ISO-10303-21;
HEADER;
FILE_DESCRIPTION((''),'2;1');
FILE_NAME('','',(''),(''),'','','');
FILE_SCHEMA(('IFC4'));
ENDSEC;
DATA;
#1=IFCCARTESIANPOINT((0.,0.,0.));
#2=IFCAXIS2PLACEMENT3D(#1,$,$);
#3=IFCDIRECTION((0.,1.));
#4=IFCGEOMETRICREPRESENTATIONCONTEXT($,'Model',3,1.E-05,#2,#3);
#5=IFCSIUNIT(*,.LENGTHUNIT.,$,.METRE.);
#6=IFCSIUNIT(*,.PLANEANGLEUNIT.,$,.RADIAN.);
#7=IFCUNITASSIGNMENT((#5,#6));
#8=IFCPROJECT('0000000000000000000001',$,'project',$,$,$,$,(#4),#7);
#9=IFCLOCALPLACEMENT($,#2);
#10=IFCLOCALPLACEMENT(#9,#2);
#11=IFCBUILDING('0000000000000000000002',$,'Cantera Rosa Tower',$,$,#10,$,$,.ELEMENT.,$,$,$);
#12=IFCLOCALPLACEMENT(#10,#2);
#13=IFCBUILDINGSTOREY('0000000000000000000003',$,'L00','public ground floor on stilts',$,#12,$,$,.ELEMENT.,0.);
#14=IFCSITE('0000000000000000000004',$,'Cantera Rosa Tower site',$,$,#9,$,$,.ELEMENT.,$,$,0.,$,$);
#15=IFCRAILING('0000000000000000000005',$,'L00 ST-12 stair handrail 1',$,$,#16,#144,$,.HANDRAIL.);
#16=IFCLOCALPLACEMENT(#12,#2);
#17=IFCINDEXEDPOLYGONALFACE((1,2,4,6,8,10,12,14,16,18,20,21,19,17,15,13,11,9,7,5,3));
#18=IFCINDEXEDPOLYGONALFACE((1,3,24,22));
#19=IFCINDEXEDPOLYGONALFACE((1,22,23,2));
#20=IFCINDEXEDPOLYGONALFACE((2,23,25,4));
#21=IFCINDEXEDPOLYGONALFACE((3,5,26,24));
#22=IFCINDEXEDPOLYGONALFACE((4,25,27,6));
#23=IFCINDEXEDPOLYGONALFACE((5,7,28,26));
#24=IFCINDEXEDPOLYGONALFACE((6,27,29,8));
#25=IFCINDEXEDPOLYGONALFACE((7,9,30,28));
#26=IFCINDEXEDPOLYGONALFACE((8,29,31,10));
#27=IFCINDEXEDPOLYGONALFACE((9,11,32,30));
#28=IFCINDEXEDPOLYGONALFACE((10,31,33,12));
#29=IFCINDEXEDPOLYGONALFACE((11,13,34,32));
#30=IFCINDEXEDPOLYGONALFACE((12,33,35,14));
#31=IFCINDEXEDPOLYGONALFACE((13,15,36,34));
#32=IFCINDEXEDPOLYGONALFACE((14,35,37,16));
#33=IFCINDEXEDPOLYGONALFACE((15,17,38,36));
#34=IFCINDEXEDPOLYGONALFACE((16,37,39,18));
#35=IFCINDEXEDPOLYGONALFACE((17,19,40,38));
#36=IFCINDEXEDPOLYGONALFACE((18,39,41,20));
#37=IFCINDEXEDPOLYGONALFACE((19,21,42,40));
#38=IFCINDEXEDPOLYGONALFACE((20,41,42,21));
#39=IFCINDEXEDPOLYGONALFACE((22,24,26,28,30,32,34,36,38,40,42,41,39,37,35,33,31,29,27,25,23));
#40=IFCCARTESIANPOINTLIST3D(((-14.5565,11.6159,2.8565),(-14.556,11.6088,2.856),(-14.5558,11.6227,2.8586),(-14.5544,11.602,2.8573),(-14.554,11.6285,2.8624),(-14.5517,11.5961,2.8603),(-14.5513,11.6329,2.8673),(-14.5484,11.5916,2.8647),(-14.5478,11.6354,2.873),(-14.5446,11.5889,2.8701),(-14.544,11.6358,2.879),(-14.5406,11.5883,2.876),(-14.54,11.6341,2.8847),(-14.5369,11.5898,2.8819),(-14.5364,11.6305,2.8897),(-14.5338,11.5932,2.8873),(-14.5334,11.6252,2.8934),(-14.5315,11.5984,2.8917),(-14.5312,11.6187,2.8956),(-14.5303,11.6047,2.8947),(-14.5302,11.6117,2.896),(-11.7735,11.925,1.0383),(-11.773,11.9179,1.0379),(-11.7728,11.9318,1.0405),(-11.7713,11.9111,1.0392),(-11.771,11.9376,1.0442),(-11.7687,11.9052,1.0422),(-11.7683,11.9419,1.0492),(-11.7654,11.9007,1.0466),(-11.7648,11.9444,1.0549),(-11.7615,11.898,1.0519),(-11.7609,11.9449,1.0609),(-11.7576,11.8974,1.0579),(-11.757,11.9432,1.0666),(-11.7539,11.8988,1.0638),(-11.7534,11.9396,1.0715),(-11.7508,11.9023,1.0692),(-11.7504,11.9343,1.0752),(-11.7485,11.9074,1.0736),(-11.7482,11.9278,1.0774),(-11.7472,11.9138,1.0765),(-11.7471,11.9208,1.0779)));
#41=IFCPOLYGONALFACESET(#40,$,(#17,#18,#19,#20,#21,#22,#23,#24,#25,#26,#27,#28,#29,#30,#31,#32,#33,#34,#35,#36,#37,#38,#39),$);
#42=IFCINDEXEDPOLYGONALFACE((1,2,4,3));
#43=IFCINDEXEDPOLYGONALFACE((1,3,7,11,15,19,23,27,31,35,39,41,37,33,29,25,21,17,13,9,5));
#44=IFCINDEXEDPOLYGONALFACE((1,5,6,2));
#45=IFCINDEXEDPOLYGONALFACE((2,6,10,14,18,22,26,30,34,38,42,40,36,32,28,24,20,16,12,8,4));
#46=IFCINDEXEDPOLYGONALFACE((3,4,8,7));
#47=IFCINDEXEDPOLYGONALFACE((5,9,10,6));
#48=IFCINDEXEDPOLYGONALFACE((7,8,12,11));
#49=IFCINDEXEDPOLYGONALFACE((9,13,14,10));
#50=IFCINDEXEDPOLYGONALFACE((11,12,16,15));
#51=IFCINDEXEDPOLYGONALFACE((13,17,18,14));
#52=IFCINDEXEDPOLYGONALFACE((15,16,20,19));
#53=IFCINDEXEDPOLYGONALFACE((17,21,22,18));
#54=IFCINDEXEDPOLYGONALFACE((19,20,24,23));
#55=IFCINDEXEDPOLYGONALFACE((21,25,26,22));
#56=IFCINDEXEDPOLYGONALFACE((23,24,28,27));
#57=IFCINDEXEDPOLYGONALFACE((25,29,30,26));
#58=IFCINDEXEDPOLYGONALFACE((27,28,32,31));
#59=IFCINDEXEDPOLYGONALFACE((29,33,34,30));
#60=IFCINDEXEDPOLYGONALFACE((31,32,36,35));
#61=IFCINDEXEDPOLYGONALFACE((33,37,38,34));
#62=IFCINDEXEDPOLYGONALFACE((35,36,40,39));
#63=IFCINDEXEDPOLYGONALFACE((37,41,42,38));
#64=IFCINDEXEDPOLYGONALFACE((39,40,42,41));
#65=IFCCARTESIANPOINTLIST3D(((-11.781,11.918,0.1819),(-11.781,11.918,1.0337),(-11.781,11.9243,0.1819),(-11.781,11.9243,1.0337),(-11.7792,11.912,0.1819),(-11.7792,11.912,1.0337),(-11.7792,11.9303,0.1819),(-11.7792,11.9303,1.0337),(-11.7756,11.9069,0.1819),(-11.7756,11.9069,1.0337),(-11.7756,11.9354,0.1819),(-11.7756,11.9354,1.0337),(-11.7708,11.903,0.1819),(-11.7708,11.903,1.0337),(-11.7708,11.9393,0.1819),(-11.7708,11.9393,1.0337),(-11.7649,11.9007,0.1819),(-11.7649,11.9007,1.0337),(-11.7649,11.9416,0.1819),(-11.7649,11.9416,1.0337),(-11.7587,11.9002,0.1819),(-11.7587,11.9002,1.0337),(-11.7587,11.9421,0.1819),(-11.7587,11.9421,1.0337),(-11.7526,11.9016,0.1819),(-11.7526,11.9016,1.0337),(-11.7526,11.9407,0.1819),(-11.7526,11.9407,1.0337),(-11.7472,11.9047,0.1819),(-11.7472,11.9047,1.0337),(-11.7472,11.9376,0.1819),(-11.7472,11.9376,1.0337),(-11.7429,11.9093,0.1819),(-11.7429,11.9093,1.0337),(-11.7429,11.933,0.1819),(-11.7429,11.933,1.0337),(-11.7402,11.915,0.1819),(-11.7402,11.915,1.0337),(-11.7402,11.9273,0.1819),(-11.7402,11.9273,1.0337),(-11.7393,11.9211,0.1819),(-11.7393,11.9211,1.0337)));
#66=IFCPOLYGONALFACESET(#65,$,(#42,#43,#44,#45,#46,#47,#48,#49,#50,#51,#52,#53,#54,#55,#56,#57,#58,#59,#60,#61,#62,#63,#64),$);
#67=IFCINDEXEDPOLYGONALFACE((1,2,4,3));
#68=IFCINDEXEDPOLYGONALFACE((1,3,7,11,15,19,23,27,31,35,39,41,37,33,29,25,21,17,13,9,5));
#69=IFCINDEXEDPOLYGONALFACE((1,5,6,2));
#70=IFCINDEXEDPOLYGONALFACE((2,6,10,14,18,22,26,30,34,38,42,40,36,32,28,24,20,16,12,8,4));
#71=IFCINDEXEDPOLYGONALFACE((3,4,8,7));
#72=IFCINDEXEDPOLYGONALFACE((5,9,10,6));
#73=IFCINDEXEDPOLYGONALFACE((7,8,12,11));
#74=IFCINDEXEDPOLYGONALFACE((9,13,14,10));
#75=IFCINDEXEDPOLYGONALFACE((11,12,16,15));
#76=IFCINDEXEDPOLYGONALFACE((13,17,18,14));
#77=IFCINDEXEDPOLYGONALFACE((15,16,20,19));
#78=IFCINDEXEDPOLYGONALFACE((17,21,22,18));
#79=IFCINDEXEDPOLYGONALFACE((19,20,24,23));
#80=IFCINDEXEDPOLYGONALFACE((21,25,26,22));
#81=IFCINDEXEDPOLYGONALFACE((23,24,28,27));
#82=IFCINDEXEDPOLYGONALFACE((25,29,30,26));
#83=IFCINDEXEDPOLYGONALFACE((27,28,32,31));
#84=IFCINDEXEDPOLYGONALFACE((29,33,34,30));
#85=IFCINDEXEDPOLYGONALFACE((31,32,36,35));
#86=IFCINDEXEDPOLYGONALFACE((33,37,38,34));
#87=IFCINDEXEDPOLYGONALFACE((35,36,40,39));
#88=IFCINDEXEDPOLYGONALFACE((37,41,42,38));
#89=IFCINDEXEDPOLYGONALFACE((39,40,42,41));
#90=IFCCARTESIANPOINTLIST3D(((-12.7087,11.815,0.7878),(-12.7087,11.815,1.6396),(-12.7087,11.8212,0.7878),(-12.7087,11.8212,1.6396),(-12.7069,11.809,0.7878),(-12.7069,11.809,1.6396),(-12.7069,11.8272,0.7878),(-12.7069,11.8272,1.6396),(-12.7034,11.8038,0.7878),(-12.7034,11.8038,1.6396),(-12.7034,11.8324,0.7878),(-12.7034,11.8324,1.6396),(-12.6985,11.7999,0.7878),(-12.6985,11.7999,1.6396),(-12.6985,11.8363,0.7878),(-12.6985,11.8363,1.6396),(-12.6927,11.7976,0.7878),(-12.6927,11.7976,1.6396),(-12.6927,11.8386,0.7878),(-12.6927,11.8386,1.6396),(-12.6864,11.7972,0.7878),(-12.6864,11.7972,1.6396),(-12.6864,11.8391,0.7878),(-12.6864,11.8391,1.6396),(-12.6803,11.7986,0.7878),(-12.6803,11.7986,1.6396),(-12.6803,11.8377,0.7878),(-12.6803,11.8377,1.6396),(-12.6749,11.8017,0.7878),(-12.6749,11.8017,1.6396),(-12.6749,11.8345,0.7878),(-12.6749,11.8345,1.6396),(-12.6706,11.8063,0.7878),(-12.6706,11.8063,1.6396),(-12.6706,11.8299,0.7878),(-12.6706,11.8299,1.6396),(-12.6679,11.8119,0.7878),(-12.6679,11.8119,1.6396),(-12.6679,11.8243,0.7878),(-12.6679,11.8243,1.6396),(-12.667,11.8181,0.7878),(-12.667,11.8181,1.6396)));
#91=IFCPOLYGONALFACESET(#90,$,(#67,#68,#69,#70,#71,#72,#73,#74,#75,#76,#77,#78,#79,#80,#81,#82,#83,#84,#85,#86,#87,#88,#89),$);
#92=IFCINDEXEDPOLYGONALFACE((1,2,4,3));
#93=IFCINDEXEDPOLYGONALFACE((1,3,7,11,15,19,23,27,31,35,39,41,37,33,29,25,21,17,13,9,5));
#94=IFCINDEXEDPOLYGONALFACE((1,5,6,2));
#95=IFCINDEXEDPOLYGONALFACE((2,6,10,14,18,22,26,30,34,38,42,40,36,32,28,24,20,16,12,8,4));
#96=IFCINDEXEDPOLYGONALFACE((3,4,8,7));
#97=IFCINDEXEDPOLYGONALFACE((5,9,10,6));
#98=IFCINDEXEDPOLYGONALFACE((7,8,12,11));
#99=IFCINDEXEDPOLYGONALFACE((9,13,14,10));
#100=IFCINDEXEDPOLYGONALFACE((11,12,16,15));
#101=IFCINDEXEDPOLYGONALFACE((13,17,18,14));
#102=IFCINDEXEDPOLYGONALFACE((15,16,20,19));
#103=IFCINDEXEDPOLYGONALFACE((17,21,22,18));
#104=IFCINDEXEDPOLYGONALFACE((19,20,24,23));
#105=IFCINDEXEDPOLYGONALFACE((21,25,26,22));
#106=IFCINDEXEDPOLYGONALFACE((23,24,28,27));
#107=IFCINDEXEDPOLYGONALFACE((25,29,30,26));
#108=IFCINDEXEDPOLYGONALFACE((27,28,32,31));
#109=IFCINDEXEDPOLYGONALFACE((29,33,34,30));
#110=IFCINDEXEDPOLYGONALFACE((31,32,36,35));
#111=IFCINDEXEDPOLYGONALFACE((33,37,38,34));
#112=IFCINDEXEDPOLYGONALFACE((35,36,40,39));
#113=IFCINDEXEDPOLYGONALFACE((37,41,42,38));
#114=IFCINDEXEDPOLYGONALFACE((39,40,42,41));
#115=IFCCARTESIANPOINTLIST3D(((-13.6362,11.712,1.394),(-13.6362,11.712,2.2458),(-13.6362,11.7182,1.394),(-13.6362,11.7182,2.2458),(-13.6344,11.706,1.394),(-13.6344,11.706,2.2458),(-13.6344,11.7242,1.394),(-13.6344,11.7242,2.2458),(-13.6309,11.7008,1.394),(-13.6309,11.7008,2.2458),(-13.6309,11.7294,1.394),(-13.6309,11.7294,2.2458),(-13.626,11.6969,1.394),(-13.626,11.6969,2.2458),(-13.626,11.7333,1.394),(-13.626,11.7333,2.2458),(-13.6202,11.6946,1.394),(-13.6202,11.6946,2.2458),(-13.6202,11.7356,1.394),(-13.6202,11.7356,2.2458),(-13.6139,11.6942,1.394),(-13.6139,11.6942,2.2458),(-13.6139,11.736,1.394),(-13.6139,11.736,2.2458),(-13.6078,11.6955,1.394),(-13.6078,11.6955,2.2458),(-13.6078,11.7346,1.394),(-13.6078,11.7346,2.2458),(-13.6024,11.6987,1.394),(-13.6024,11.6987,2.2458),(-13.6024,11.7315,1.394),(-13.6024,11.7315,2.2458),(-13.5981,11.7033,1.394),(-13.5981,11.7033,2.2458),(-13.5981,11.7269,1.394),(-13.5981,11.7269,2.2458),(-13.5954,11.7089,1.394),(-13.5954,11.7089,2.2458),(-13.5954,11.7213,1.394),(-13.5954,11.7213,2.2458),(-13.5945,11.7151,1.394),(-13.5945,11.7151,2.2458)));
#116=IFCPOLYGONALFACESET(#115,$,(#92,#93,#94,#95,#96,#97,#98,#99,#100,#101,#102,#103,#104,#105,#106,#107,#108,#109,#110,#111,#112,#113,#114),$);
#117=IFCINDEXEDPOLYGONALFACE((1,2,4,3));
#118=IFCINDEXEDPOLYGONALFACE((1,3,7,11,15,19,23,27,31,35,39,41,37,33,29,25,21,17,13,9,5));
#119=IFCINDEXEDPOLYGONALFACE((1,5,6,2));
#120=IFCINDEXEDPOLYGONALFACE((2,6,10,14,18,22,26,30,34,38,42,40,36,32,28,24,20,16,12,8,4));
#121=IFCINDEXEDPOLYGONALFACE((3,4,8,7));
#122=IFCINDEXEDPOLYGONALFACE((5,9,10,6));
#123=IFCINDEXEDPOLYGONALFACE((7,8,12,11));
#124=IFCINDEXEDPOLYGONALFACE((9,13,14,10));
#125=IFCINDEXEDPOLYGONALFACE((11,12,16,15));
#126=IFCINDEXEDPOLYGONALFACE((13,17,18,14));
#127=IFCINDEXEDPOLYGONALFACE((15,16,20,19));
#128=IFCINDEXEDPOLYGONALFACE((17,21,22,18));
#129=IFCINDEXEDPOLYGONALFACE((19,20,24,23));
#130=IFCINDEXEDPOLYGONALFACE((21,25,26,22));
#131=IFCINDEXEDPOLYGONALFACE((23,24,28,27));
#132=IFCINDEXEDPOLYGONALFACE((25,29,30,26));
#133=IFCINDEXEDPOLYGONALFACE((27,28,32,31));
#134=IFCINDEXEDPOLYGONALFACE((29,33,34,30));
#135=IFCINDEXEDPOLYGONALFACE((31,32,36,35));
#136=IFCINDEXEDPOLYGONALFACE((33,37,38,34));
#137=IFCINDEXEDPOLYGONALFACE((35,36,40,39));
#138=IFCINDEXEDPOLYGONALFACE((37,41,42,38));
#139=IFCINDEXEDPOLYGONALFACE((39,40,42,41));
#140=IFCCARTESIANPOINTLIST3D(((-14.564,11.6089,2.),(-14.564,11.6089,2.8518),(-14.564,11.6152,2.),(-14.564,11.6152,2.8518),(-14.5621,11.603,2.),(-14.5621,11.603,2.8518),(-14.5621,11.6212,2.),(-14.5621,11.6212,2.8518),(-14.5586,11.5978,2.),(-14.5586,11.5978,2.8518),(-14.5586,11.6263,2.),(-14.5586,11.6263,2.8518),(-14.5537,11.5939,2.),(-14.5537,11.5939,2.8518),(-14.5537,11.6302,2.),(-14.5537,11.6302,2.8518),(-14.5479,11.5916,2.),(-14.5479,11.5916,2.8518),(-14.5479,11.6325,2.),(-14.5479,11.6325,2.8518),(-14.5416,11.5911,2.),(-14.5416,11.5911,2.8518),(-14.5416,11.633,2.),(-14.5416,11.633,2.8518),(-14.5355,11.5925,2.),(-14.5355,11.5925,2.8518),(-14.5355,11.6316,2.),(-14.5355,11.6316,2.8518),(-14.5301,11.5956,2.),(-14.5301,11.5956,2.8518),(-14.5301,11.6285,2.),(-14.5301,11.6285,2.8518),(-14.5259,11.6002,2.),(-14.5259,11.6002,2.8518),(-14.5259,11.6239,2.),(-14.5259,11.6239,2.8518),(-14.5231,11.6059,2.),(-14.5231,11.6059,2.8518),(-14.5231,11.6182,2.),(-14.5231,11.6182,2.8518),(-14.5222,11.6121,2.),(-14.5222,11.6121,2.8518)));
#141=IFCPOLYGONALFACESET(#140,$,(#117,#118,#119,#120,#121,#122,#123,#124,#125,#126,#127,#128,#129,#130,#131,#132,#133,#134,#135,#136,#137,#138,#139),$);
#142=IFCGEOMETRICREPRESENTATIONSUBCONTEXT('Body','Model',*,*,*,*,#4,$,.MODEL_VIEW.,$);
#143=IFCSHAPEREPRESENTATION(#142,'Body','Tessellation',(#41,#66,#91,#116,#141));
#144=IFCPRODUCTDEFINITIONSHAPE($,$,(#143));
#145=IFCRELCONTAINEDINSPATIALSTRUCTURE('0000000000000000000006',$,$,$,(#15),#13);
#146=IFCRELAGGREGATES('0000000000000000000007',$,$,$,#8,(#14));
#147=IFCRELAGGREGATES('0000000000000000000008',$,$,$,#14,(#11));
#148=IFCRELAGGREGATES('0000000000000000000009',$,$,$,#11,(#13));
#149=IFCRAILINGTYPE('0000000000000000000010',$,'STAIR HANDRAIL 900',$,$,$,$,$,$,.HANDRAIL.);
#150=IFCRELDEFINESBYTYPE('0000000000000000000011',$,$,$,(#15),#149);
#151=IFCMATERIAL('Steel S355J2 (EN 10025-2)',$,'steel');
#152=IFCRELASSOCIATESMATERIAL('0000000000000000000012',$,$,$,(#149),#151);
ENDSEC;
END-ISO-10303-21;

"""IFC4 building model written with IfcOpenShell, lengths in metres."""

from ifc_helpers import new_model, si_unit, direction, frame, origin, origin_2d, place, context, subcontext, project, spatial, circle, extrude, material, type_object, element, save


model = new_model("IFC4")

# Units and contexts
model_context = context("Model", 3, precision=1e-05, world=origin(), true_north=direction((0.0, 1.0)))
body_context = subcontext(model_context, "Body", "Model", "MODEL_VIEW")
ifc_project = project(units=[si_unit("LENGTHUNIT", "METRE"), si_unit("PLANEANGLEUNIT", "RADIAN")], contexts=[model_context])

# Site, building, storey
site_placement = place(None, origin())
site = spatial("IfcSite", under=ifc_project, at=site_placement, Name="Cantera Rosa Tower site", CompositionType="ELEMENT", RefElevation=0.0)
building_placement = place(site_placement, origin())
building = spatial("IfcBuilding", under=site, at=building_placement, Name="Cantera Rosa Tower", CompositionType="ELEMENT")
storey_placement = place(building_placement, origin())
storey = spatial("IfcBuildingStorey", under=building, at=storey_placement, Name="L00", Description="public ground floor on stilts", CompositionType="ELEMENT", Elevation=0.0)

# Railing
ifc_material_1 = material(Name="Steel S355J2 (EN 10025-2)", Category="steel")
railing_type_1 = type_object("IfcRailingType", Name="STAIR HANDRAIL 900", PredefinedType="HANDRAIL", material=ifc_material_1)
railing_1_placement = place(storey_placement, frame((-11.7603, 11.9211, 0.1819)))
element("IfcRailing", 1, at=railing_1_placement, inside=storey, type_object=railing_type_1, Name="L00 ST-12 stair handrail 1", PredefinedType="HANDRAIL", context=body_context, shape_type="SweptSolid", body=[
    extrude(circle(Radius=0.0239, at=origin_2d()), frame((0.0, 0.0, 0.876), z_axis=(-0.833582, -0.09258, 0.544582), x_axis=(0.110384, -0.993889, 0.0)), (0.0, 0.0, 1.0), 3.3386),
    extrude(circle(Radius=0.021, at=origin_2d()), origin(), (0.0, 0.0, 1.0), 0.8518),
    extrude(circle(Radius=0.021, at=origin_2d()), frame((-0.9277, -0.103, 0.606)), (0.0, 0.0, 1.0), 0.8518),
    extrude(circle(Radius=0.021, at=origin_2d()), frame((-1.8552, -0.2061, 1.2122)), (0.0, 0.0, 1.0), 0.8518),
    extrude(circle(Radius=0.021, at=origin_2d()), frame((-2.783, -0.3091, 1.8181)), (0.0, 0.0, 1.0), 0.8518),
])

save(model, "model.ifc")
